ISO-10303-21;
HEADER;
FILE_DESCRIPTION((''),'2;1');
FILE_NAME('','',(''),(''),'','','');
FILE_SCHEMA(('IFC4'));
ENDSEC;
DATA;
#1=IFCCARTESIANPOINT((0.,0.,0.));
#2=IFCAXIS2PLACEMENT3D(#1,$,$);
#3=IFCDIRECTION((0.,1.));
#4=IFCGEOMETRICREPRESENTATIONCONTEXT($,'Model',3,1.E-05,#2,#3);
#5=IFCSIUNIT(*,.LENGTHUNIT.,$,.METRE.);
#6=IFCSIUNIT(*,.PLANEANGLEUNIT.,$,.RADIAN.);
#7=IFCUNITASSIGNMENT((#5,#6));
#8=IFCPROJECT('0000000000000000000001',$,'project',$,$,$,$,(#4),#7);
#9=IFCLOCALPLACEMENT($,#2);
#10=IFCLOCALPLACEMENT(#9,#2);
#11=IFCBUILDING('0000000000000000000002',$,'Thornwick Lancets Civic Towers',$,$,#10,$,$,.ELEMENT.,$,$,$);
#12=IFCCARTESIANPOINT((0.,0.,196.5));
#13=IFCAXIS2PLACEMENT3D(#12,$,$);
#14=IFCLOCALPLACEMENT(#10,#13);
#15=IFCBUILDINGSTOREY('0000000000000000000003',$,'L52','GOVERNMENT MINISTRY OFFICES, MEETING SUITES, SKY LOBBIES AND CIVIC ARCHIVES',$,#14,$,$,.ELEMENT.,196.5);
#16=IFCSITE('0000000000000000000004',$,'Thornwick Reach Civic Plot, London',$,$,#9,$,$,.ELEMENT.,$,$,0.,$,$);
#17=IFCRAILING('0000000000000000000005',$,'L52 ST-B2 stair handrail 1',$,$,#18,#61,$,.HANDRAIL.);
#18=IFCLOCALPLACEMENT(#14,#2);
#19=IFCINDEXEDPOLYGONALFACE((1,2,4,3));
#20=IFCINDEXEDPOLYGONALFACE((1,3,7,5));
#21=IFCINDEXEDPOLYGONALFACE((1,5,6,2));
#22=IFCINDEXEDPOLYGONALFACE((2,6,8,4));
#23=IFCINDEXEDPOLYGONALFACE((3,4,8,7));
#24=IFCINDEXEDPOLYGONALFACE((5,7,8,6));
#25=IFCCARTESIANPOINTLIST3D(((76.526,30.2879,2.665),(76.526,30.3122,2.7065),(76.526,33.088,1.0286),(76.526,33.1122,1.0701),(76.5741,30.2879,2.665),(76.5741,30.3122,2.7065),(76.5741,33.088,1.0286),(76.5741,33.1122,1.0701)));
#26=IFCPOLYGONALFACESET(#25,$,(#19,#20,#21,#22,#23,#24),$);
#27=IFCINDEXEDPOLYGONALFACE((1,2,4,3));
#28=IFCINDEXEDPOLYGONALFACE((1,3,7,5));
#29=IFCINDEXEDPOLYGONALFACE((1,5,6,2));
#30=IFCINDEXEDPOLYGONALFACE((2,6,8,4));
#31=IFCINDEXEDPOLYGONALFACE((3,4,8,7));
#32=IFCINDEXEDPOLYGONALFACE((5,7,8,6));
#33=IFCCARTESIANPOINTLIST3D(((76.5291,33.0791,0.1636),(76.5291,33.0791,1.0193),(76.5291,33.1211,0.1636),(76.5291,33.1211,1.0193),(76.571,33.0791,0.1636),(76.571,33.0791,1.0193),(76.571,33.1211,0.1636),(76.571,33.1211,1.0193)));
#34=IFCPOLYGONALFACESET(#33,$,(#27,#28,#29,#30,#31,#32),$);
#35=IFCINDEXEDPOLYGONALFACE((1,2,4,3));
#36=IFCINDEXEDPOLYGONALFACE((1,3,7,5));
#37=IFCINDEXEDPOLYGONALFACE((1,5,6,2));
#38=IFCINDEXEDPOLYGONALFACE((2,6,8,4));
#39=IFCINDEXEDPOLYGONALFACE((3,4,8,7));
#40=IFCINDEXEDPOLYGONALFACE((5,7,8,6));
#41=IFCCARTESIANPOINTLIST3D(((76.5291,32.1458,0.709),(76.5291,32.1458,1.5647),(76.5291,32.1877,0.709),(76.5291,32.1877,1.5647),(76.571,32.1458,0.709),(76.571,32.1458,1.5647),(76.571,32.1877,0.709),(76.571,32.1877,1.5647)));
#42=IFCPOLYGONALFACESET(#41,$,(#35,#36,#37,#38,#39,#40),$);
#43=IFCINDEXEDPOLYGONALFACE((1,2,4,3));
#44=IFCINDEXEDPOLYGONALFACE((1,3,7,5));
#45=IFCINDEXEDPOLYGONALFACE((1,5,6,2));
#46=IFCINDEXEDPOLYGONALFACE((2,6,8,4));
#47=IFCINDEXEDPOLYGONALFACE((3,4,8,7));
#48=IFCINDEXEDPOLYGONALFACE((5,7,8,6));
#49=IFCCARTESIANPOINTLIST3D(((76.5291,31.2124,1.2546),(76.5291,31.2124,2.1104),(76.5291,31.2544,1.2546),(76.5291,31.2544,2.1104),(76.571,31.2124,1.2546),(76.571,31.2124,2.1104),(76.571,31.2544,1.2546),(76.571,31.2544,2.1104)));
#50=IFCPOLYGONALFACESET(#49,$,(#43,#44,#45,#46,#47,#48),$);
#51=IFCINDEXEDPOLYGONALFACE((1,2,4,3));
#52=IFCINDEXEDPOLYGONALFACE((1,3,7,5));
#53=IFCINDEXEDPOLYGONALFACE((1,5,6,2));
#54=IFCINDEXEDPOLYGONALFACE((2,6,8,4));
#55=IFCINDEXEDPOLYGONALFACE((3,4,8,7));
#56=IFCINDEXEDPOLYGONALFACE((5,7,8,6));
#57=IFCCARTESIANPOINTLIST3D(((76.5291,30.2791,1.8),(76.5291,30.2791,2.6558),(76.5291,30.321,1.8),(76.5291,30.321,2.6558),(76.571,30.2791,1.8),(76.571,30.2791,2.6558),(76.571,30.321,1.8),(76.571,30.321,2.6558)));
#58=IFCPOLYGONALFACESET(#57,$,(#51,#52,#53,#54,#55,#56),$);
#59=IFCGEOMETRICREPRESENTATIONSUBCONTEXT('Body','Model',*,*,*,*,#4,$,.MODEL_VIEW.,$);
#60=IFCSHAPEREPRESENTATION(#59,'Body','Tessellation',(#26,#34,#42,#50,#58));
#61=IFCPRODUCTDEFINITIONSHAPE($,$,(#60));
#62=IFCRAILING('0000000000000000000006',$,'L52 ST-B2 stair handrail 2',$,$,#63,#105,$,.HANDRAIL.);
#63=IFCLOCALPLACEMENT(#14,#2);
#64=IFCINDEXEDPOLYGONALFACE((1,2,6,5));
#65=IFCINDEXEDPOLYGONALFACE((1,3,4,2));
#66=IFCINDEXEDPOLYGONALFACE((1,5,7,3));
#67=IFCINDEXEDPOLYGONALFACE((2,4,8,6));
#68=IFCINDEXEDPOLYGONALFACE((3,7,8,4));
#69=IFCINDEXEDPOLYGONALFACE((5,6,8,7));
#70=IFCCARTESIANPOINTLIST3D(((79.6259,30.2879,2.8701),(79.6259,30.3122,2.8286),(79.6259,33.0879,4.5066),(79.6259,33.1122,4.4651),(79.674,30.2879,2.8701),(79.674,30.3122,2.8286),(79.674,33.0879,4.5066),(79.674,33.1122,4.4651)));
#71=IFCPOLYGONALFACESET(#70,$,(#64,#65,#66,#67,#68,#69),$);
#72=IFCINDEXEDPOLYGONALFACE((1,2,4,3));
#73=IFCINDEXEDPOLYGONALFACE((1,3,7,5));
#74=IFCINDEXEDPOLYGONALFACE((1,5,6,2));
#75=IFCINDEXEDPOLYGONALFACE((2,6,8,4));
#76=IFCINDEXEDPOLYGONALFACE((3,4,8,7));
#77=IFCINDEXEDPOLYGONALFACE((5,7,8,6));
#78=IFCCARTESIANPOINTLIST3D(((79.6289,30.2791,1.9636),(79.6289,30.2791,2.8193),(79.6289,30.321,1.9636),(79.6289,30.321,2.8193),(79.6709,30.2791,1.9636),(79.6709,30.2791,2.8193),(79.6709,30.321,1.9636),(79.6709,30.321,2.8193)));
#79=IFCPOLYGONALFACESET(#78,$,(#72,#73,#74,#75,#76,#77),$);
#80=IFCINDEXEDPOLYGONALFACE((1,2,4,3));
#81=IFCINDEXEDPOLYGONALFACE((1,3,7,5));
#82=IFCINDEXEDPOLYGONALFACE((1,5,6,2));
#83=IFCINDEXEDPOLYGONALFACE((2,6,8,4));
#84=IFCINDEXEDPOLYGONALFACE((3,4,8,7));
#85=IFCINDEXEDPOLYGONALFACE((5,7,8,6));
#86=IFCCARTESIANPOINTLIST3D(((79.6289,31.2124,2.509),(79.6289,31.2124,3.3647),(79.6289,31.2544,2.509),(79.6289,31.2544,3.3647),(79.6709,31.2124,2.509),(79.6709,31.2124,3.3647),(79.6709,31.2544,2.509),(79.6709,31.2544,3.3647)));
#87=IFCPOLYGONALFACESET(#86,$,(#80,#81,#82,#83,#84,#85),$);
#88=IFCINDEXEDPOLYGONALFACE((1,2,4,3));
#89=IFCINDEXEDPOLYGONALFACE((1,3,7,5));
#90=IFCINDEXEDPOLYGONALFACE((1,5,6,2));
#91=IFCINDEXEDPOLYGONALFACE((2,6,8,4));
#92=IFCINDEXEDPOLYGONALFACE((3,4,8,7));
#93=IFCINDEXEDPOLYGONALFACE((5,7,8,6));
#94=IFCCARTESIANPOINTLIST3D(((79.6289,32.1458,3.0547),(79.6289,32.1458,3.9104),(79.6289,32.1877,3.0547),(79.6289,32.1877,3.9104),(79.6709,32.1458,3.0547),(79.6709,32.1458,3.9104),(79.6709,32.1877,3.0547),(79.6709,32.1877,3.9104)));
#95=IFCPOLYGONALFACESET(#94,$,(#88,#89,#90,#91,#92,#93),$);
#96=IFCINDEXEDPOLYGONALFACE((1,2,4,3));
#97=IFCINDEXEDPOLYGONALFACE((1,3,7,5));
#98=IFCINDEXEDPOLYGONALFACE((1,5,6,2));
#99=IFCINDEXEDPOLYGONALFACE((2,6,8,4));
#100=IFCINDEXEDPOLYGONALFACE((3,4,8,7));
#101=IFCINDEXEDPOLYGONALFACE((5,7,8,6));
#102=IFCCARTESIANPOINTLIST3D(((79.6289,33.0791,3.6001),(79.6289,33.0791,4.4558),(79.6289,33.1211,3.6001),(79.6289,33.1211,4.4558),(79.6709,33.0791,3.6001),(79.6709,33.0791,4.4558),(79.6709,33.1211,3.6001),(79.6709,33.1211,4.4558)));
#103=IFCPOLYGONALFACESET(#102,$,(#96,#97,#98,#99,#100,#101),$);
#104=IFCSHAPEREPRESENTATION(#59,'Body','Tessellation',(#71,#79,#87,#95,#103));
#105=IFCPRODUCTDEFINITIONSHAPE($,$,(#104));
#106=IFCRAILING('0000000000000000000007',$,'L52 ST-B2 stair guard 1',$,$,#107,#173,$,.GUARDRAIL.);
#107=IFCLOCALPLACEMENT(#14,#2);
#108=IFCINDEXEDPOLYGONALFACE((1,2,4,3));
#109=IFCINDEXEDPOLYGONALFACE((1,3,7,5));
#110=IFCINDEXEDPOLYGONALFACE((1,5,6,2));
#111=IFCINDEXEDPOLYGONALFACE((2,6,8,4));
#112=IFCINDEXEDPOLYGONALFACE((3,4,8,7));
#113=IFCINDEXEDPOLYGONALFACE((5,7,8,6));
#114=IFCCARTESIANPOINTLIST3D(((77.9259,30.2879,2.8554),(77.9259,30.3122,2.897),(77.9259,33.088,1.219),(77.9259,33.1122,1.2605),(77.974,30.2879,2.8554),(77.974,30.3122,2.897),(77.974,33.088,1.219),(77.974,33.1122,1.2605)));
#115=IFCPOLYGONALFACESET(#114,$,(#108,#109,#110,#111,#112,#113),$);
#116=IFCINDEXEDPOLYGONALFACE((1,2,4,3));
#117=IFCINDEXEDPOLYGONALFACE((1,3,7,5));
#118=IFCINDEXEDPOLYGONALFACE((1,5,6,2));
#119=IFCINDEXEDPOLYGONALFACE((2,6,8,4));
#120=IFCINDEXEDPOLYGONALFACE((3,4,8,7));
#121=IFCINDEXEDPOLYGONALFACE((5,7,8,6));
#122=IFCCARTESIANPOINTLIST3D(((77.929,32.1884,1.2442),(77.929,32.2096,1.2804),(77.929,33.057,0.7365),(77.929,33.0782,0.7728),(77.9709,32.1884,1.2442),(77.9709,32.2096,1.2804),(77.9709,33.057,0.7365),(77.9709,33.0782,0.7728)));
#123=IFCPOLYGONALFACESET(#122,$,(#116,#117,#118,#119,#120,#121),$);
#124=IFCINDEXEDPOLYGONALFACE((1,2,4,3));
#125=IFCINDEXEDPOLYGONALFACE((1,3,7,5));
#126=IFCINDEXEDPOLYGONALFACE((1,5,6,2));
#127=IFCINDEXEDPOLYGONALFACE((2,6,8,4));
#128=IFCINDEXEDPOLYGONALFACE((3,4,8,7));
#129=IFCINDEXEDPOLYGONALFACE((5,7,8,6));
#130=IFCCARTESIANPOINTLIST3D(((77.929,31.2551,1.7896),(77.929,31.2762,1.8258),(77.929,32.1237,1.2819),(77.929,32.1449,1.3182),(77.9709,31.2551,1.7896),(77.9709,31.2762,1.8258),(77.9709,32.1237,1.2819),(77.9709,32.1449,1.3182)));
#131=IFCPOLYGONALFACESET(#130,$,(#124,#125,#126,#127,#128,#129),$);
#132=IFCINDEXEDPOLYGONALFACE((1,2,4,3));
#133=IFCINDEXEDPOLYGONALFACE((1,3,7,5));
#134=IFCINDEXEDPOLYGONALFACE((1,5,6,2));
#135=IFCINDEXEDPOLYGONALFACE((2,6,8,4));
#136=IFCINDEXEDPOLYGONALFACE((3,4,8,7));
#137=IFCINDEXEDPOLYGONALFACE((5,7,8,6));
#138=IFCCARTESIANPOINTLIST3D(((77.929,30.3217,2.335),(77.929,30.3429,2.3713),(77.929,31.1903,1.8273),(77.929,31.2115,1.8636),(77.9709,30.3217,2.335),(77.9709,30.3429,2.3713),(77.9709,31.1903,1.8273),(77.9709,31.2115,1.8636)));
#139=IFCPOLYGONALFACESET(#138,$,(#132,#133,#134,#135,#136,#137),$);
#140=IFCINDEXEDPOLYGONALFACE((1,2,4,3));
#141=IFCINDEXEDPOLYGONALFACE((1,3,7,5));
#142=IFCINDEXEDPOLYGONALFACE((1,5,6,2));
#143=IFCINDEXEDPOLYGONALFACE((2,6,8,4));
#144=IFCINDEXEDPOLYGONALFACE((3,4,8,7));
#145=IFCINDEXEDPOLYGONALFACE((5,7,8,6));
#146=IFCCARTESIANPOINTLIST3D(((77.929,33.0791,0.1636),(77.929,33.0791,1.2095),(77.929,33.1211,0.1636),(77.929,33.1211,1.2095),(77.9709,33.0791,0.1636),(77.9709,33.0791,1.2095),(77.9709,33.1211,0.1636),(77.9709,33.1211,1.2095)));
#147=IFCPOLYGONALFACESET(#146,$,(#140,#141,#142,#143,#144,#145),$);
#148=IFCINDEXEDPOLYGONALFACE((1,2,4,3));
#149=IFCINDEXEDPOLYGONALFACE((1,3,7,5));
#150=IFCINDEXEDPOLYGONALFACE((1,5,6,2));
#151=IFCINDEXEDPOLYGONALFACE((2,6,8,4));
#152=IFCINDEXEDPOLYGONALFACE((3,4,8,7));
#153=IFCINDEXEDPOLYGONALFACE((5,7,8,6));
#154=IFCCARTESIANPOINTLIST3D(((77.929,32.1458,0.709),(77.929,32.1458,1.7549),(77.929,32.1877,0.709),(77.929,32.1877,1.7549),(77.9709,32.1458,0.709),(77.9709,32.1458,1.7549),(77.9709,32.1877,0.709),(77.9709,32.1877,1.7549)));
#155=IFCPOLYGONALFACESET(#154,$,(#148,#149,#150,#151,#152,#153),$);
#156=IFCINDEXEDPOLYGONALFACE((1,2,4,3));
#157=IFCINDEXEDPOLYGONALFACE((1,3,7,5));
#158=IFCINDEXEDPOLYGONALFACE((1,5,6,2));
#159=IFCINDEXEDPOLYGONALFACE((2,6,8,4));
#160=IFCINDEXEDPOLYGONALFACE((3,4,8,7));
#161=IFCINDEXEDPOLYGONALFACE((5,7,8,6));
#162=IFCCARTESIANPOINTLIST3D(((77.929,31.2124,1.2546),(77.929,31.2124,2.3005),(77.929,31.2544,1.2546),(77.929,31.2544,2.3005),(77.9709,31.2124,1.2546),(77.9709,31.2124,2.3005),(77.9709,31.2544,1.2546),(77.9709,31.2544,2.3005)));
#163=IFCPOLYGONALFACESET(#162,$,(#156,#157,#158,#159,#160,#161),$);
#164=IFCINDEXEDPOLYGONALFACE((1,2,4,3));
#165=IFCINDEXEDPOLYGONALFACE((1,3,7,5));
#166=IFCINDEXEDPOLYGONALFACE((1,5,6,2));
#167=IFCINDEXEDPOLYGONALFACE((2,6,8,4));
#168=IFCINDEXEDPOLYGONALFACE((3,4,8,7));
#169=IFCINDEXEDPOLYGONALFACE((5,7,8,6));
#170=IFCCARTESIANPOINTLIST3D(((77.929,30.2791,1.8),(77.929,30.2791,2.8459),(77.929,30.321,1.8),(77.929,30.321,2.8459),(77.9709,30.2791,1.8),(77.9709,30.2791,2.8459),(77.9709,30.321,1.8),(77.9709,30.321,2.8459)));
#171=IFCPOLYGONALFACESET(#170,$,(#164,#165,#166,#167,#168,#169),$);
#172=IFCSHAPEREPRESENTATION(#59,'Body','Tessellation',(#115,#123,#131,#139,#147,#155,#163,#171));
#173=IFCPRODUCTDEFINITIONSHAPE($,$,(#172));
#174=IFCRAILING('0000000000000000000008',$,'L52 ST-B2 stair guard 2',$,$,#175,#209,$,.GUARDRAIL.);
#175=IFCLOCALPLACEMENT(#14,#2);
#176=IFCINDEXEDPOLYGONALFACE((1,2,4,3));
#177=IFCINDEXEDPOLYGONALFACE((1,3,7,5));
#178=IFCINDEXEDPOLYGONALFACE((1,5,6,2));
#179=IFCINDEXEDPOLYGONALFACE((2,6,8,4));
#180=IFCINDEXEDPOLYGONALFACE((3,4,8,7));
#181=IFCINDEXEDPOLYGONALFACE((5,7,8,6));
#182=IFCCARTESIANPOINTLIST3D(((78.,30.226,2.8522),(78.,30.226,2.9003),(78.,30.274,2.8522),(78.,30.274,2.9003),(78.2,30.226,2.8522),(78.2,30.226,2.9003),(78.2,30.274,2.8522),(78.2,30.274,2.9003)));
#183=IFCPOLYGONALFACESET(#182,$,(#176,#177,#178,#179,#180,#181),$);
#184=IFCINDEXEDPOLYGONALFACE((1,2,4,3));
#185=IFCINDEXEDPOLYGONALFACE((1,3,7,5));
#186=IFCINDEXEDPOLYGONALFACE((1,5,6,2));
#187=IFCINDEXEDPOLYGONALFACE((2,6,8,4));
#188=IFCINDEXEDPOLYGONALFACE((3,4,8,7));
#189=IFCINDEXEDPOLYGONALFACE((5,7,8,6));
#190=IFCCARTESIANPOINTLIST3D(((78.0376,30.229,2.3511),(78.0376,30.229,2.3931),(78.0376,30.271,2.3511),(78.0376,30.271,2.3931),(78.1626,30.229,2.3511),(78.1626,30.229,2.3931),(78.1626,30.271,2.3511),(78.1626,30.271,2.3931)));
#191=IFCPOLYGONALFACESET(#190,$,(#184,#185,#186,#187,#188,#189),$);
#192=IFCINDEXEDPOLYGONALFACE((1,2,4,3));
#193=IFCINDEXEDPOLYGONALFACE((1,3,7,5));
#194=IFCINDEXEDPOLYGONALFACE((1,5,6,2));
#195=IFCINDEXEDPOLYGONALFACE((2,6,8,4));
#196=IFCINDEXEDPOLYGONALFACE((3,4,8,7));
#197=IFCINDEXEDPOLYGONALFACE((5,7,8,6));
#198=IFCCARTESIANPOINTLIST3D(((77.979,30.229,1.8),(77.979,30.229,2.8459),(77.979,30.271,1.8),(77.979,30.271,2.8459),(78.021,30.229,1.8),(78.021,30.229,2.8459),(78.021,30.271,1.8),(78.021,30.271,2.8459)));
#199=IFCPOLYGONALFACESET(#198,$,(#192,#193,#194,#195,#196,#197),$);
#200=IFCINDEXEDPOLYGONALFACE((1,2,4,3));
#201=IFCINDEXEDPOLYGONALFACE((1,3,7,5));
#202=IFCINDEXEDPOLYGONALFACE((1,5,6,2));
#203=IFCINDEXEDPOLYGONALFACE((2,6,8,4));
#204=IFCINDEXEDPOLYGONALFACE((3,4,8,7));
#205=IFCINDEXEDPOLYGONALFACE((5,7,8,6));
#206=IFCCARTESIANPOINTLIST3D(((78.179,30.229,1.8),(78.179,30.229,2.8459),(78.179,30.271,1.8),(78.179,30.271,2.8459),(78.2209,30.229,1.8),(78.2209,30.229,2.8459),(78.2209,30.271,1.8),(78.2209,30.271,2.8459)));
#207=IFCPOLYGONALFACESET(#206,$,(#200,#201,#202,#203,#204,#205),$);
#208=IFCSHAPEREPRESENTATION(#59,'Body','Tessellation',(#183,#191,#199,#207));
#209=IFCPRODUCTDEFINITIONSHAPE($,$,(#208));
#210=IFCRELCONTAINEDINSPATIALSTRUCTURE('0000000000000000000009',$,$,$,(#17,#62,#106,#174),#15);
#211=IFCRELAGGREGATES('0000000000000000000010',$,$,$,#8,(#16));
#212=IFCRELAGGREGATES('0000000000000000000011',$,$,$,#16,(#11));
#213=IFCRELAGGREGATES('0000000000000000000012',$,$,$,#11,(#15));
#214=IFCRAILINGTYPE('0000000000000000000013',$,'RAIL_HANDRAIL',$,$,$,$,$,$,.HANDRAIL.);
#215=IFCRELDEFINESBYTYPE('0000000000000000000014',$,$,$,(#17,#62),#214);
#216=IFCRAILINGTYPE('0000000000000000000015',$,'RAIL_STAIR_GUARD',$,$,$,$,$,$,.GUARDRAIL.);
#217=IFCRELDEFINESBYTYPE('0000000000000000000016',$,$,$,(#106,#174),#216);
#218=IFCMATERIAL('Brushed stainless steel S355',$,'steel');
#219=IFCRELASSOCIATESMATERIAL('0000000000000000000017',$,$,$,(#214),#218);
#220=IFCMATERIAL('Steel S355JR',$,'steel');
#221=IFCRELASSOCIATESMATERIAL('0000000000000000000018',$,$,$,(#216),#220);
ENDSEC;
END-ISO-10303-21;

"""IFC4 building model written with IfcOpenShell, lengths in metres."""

from ifc_helpers import new_model, si_unit, direction, frame, origin, origin_2d, place, context, subcontext, project, spatial, rectangle, extrude, material, type_object, element, save


model = new_model("IFC4")

# Units and contexts
model_context = context("Model", 3, precision=1e-05, world=origin(), true_north=direction((0.0, 1.0)))
body_context = subcontext(model_context, "Body", "Model", "MODEL_VIEW")
ifc_project = project(units=[si_unit("LENGTHUNIT", "METRE"), si_unit("PLANEANGLEUNIT", "RADIAN")], contexts=[model_context])

# Site, building, storey
site_placement = place(None, origin())
site = spatial("IfcSite", under=ifc_project, at=site_placement, Name="Thornwick Reach Civic Plot, London", CompositionType="ELEMENT", RefElevation=0.0)
building_placement = place(site_placement, origin())
building = spatial("IfcBuilding", under=site, at=building_placement, Name="Thornwick Lancets Civic Towers", CompositionType="ELEMENT")
storey_placement = place(building_placement, frame((0.0, 0.0, 196.5)))
storey = spatial("IfcBuildingStorey", under=building, at=storey_placement, Name="L52", Description="GOVERNMENT MINISTRY OFFICES, MEETING SUITES, SKY LOBBIES AND CIVIC ARCHIVES", CompositionType="ELEMENT", Elevation=196.5)

# Railings
ifc_material_1 = material(Name="Brushed stainless steel S355", Category="steel")
railing_type_1 = type_object("IfcRailingType", Name="RAIL_HANDRAIL", PredefinedType="HANDRAIL", material=ifc_material_1)
railing_1_placement = place(storey_placement, frame((76.55, 33.1001, 0.1636)))
element("IfcRailing", 1, at=railing_1_placement, inside=storey, type_object=railing_type_1, Name="L52 ST-B2 stair handrail 1", PredefinedType="HANDRAIL", context=body_context, shape_type="SweptSolid", body=[
    extrude(rectangle(XDim=0.0481, YDim=0.0481, at=origin_2d()), frame((0.0, 0.0, 0.8857), z_axis=(0.0, -0.863361, 0.504587), x_axis=(1.0, 0.0, 0.0)), (0.0, 0.0, 1.0), 3.2432),
    extrude(rectangle(XDim=0.042, YDim=0.042, at=origin_2d()), origin(), (0.0, 0.0, 1.0), 0.8557),
    extrude(rectangle(XDim=0.042, YDim=0.042, at=origin_2d()), frame((0.0, -0.9333, 0.5454)), (0.0, 0.0, 1.0), 0.8557),
    extrude(rectangle(XDim=0.042, YDim=0.042, at=origin_2d()), frame((0.0, -1.8667, 1.0911)), (0.0, 0.0, 1.0), 0.8557),
    extrude(rectangle(XDim=0.042, YDim=0.042, at=origin_2d()), frame((0.0, -2.8, 1.6365)), (0.0, 0.0, 1.0), 0.8557),
])
railing_2_placement = place(storey_placement, frame((79.6499, 30.3, 1.9636)))
element("IfcRailing", 2, at=railing_2_placement, inside=storey, type_object=railing_type_1, Name="L52 ST-B2 stair handrail 2", PredefinedType="HANDRAIL", context=body_context, shape_type="SweptSolid", body=[
    extrude(rectangle(XDim=0.0481, YDim=0.0481, at=origin_2d()), frame((0.0, 0.0, 0.8857), z_axis=(0.0, 0.863361, 0.504587), x_axis=(-1.0, 0.0, 0.0)), (0.0, 0.0, 1.0), 3.2432),
    extrude(rectangle(XDim=0.042, YDim=0.042, at=origin_2d()), origin(), (0.0, 0.0, 1.0), 0.8557),
    extrude(rectangle(XDim=0.042, YDim=0.042, at=origin_2d()), frame((0.0, 0.9333, 0.5454)), (0.0, 0.0, 1.0), 0.8557),
    extrude(rectangle(XDim=0.042, YDim=0.042, at=origin_2d()), frame((0.0, 1.8667, 1.0911)), (0.0, 0.0, 1.0), 0.8557),
    extrude(rectangle(XDim=0.042, YDim=0.042, at=origin_2d()), frame((0.0, 2.8, 1.6365)), (0.0, 0.0, 1.0), 0.8557),
])
ifc_material_2 = material(Name="Steel S355JR", Category="steel")
railing_type_2 = type_object("IfcRailingType", Name="RAIL_STAIR_GUARD", PredefinedType="GUARDRAIL", material=ifc_material_2)
railing_3_placement = place(storey_placement, frame((77.95, 33.1001, 0.1636)))
element("IfcRailing", 3, at=railing_3_placement, inside=storey, type_object=railing_type_2, Name="L52 ST-B2 stair guard 1", PredefinedType="GUARDRAIL", context=body_context, shape_type="SweptSolid", body=[
    extrude(rectangle(XDim=0.0481, YDim=0.0481, at=origin_2d()), frame((0.0, 0.0, 1.0762), z_axis=(0.0, -0.863361, 0.504587), x_axis=(1.0, 0.0, 0.0)), (0.0, 0.0, 1.0), 3.2432),
    extrude(rectangle(XDim=0.042, YDim=0.042, at=origin_2d()), frame((0.0, -0.0325, 0.5911), z_axis=(0.0, -0.863361, 0.504587), x_axis=(1.0, 0.0, 0.0)), (0.0, 0.0, 1.0), 1.0061),
    extrude(rectangle(XDim=0.042, YDim=0.042, at=origin_2d()), frame((0.0, -0.9658, 1.1365), z_axis=(0.0, -0.863361, 0.504587), x_axis=(1.0, 0.0, 0.0)), (0.0, 0.0, 1.0), 1.0061),
    extrude(rectangle(XDim=0.042, YDim=0.042, at=origin_2d()), frame((0.0, -1.8992, 1.6819), z_axis=(0.0, -0.863361, 0.504587), x_axis=(1.0, 0.0, 0.0)), (0.0, 0.0, 1.0), 1.0061),
    extrude(rectangle(XDim=0.042, YDim=0.042, at=origin_2d()), origin(), (0.0, 0.0, 1.0), 1.0459),
    extrude(rectangle(XDim=0.042, YDim=0.042, at=origin_2d()), frame((0.0, -0.9333, 0.5454)), (0.0, 0.0, 1.0), 1.0459),
    extrude(rectangle(XDim=0.042, YDim=0.042, at=origin_2d()), frame((0.0, -1.8667, 1.0911)), (0.0, 0.0, 1.0), 1.0459),
    extrude(rectangle(XDim=0.042, YDim=0.042, at=origin_2d()), frame((0.0, -2.8, 1.6365)), (0.0, 0.0, 1.0), 1.0459),
])
railing_4_placement = place(storey_placement, frame((78.0, 30.25, 1.8)))
element("IfcRailing", 4, at=railing_4_placement, inside=storey, type_object=railing_type_2, Name="L52 ST-B2 stair guard 2", PredefinedType="GUARDRAIL", context=body_context, shape_type="SweptSolid", body=[
    extrude(rectangle(XDim=0.0481, YDim=0.0481, at=origin_2d()), frame((0.0, 0.0, 1.0762), z_axis=(1.0, 0.0, 0.0), x_axis=(0.0, 1.0, 0.0)), (0.0, 0.0, 1.0), 0.2),
    extrude(rectangle(XDim=0.042, YDim=0.042, at=origin_2d()), frame((0.0376, 0.0, 0.572), z_axis=(1.0, 0.0, 0.0), x_axis=(0.0, 1.0, 0.0)), (0.0, 0.0, 1.0), 0.125),
    extrude(rectangle(XDim=0.042, YDim=0.042, at=origin_2d()), origin(), (0.0, 0.0, 1.0), 1.0459),
    extrude(rectangle(XDim=0.042, YDim=0.042, at=origin_2d()), frame((0.2, 0.0, 0.0)), (0.0, 0.0, 1.0), 1.0459),
])

save(model, "model.ifc")
